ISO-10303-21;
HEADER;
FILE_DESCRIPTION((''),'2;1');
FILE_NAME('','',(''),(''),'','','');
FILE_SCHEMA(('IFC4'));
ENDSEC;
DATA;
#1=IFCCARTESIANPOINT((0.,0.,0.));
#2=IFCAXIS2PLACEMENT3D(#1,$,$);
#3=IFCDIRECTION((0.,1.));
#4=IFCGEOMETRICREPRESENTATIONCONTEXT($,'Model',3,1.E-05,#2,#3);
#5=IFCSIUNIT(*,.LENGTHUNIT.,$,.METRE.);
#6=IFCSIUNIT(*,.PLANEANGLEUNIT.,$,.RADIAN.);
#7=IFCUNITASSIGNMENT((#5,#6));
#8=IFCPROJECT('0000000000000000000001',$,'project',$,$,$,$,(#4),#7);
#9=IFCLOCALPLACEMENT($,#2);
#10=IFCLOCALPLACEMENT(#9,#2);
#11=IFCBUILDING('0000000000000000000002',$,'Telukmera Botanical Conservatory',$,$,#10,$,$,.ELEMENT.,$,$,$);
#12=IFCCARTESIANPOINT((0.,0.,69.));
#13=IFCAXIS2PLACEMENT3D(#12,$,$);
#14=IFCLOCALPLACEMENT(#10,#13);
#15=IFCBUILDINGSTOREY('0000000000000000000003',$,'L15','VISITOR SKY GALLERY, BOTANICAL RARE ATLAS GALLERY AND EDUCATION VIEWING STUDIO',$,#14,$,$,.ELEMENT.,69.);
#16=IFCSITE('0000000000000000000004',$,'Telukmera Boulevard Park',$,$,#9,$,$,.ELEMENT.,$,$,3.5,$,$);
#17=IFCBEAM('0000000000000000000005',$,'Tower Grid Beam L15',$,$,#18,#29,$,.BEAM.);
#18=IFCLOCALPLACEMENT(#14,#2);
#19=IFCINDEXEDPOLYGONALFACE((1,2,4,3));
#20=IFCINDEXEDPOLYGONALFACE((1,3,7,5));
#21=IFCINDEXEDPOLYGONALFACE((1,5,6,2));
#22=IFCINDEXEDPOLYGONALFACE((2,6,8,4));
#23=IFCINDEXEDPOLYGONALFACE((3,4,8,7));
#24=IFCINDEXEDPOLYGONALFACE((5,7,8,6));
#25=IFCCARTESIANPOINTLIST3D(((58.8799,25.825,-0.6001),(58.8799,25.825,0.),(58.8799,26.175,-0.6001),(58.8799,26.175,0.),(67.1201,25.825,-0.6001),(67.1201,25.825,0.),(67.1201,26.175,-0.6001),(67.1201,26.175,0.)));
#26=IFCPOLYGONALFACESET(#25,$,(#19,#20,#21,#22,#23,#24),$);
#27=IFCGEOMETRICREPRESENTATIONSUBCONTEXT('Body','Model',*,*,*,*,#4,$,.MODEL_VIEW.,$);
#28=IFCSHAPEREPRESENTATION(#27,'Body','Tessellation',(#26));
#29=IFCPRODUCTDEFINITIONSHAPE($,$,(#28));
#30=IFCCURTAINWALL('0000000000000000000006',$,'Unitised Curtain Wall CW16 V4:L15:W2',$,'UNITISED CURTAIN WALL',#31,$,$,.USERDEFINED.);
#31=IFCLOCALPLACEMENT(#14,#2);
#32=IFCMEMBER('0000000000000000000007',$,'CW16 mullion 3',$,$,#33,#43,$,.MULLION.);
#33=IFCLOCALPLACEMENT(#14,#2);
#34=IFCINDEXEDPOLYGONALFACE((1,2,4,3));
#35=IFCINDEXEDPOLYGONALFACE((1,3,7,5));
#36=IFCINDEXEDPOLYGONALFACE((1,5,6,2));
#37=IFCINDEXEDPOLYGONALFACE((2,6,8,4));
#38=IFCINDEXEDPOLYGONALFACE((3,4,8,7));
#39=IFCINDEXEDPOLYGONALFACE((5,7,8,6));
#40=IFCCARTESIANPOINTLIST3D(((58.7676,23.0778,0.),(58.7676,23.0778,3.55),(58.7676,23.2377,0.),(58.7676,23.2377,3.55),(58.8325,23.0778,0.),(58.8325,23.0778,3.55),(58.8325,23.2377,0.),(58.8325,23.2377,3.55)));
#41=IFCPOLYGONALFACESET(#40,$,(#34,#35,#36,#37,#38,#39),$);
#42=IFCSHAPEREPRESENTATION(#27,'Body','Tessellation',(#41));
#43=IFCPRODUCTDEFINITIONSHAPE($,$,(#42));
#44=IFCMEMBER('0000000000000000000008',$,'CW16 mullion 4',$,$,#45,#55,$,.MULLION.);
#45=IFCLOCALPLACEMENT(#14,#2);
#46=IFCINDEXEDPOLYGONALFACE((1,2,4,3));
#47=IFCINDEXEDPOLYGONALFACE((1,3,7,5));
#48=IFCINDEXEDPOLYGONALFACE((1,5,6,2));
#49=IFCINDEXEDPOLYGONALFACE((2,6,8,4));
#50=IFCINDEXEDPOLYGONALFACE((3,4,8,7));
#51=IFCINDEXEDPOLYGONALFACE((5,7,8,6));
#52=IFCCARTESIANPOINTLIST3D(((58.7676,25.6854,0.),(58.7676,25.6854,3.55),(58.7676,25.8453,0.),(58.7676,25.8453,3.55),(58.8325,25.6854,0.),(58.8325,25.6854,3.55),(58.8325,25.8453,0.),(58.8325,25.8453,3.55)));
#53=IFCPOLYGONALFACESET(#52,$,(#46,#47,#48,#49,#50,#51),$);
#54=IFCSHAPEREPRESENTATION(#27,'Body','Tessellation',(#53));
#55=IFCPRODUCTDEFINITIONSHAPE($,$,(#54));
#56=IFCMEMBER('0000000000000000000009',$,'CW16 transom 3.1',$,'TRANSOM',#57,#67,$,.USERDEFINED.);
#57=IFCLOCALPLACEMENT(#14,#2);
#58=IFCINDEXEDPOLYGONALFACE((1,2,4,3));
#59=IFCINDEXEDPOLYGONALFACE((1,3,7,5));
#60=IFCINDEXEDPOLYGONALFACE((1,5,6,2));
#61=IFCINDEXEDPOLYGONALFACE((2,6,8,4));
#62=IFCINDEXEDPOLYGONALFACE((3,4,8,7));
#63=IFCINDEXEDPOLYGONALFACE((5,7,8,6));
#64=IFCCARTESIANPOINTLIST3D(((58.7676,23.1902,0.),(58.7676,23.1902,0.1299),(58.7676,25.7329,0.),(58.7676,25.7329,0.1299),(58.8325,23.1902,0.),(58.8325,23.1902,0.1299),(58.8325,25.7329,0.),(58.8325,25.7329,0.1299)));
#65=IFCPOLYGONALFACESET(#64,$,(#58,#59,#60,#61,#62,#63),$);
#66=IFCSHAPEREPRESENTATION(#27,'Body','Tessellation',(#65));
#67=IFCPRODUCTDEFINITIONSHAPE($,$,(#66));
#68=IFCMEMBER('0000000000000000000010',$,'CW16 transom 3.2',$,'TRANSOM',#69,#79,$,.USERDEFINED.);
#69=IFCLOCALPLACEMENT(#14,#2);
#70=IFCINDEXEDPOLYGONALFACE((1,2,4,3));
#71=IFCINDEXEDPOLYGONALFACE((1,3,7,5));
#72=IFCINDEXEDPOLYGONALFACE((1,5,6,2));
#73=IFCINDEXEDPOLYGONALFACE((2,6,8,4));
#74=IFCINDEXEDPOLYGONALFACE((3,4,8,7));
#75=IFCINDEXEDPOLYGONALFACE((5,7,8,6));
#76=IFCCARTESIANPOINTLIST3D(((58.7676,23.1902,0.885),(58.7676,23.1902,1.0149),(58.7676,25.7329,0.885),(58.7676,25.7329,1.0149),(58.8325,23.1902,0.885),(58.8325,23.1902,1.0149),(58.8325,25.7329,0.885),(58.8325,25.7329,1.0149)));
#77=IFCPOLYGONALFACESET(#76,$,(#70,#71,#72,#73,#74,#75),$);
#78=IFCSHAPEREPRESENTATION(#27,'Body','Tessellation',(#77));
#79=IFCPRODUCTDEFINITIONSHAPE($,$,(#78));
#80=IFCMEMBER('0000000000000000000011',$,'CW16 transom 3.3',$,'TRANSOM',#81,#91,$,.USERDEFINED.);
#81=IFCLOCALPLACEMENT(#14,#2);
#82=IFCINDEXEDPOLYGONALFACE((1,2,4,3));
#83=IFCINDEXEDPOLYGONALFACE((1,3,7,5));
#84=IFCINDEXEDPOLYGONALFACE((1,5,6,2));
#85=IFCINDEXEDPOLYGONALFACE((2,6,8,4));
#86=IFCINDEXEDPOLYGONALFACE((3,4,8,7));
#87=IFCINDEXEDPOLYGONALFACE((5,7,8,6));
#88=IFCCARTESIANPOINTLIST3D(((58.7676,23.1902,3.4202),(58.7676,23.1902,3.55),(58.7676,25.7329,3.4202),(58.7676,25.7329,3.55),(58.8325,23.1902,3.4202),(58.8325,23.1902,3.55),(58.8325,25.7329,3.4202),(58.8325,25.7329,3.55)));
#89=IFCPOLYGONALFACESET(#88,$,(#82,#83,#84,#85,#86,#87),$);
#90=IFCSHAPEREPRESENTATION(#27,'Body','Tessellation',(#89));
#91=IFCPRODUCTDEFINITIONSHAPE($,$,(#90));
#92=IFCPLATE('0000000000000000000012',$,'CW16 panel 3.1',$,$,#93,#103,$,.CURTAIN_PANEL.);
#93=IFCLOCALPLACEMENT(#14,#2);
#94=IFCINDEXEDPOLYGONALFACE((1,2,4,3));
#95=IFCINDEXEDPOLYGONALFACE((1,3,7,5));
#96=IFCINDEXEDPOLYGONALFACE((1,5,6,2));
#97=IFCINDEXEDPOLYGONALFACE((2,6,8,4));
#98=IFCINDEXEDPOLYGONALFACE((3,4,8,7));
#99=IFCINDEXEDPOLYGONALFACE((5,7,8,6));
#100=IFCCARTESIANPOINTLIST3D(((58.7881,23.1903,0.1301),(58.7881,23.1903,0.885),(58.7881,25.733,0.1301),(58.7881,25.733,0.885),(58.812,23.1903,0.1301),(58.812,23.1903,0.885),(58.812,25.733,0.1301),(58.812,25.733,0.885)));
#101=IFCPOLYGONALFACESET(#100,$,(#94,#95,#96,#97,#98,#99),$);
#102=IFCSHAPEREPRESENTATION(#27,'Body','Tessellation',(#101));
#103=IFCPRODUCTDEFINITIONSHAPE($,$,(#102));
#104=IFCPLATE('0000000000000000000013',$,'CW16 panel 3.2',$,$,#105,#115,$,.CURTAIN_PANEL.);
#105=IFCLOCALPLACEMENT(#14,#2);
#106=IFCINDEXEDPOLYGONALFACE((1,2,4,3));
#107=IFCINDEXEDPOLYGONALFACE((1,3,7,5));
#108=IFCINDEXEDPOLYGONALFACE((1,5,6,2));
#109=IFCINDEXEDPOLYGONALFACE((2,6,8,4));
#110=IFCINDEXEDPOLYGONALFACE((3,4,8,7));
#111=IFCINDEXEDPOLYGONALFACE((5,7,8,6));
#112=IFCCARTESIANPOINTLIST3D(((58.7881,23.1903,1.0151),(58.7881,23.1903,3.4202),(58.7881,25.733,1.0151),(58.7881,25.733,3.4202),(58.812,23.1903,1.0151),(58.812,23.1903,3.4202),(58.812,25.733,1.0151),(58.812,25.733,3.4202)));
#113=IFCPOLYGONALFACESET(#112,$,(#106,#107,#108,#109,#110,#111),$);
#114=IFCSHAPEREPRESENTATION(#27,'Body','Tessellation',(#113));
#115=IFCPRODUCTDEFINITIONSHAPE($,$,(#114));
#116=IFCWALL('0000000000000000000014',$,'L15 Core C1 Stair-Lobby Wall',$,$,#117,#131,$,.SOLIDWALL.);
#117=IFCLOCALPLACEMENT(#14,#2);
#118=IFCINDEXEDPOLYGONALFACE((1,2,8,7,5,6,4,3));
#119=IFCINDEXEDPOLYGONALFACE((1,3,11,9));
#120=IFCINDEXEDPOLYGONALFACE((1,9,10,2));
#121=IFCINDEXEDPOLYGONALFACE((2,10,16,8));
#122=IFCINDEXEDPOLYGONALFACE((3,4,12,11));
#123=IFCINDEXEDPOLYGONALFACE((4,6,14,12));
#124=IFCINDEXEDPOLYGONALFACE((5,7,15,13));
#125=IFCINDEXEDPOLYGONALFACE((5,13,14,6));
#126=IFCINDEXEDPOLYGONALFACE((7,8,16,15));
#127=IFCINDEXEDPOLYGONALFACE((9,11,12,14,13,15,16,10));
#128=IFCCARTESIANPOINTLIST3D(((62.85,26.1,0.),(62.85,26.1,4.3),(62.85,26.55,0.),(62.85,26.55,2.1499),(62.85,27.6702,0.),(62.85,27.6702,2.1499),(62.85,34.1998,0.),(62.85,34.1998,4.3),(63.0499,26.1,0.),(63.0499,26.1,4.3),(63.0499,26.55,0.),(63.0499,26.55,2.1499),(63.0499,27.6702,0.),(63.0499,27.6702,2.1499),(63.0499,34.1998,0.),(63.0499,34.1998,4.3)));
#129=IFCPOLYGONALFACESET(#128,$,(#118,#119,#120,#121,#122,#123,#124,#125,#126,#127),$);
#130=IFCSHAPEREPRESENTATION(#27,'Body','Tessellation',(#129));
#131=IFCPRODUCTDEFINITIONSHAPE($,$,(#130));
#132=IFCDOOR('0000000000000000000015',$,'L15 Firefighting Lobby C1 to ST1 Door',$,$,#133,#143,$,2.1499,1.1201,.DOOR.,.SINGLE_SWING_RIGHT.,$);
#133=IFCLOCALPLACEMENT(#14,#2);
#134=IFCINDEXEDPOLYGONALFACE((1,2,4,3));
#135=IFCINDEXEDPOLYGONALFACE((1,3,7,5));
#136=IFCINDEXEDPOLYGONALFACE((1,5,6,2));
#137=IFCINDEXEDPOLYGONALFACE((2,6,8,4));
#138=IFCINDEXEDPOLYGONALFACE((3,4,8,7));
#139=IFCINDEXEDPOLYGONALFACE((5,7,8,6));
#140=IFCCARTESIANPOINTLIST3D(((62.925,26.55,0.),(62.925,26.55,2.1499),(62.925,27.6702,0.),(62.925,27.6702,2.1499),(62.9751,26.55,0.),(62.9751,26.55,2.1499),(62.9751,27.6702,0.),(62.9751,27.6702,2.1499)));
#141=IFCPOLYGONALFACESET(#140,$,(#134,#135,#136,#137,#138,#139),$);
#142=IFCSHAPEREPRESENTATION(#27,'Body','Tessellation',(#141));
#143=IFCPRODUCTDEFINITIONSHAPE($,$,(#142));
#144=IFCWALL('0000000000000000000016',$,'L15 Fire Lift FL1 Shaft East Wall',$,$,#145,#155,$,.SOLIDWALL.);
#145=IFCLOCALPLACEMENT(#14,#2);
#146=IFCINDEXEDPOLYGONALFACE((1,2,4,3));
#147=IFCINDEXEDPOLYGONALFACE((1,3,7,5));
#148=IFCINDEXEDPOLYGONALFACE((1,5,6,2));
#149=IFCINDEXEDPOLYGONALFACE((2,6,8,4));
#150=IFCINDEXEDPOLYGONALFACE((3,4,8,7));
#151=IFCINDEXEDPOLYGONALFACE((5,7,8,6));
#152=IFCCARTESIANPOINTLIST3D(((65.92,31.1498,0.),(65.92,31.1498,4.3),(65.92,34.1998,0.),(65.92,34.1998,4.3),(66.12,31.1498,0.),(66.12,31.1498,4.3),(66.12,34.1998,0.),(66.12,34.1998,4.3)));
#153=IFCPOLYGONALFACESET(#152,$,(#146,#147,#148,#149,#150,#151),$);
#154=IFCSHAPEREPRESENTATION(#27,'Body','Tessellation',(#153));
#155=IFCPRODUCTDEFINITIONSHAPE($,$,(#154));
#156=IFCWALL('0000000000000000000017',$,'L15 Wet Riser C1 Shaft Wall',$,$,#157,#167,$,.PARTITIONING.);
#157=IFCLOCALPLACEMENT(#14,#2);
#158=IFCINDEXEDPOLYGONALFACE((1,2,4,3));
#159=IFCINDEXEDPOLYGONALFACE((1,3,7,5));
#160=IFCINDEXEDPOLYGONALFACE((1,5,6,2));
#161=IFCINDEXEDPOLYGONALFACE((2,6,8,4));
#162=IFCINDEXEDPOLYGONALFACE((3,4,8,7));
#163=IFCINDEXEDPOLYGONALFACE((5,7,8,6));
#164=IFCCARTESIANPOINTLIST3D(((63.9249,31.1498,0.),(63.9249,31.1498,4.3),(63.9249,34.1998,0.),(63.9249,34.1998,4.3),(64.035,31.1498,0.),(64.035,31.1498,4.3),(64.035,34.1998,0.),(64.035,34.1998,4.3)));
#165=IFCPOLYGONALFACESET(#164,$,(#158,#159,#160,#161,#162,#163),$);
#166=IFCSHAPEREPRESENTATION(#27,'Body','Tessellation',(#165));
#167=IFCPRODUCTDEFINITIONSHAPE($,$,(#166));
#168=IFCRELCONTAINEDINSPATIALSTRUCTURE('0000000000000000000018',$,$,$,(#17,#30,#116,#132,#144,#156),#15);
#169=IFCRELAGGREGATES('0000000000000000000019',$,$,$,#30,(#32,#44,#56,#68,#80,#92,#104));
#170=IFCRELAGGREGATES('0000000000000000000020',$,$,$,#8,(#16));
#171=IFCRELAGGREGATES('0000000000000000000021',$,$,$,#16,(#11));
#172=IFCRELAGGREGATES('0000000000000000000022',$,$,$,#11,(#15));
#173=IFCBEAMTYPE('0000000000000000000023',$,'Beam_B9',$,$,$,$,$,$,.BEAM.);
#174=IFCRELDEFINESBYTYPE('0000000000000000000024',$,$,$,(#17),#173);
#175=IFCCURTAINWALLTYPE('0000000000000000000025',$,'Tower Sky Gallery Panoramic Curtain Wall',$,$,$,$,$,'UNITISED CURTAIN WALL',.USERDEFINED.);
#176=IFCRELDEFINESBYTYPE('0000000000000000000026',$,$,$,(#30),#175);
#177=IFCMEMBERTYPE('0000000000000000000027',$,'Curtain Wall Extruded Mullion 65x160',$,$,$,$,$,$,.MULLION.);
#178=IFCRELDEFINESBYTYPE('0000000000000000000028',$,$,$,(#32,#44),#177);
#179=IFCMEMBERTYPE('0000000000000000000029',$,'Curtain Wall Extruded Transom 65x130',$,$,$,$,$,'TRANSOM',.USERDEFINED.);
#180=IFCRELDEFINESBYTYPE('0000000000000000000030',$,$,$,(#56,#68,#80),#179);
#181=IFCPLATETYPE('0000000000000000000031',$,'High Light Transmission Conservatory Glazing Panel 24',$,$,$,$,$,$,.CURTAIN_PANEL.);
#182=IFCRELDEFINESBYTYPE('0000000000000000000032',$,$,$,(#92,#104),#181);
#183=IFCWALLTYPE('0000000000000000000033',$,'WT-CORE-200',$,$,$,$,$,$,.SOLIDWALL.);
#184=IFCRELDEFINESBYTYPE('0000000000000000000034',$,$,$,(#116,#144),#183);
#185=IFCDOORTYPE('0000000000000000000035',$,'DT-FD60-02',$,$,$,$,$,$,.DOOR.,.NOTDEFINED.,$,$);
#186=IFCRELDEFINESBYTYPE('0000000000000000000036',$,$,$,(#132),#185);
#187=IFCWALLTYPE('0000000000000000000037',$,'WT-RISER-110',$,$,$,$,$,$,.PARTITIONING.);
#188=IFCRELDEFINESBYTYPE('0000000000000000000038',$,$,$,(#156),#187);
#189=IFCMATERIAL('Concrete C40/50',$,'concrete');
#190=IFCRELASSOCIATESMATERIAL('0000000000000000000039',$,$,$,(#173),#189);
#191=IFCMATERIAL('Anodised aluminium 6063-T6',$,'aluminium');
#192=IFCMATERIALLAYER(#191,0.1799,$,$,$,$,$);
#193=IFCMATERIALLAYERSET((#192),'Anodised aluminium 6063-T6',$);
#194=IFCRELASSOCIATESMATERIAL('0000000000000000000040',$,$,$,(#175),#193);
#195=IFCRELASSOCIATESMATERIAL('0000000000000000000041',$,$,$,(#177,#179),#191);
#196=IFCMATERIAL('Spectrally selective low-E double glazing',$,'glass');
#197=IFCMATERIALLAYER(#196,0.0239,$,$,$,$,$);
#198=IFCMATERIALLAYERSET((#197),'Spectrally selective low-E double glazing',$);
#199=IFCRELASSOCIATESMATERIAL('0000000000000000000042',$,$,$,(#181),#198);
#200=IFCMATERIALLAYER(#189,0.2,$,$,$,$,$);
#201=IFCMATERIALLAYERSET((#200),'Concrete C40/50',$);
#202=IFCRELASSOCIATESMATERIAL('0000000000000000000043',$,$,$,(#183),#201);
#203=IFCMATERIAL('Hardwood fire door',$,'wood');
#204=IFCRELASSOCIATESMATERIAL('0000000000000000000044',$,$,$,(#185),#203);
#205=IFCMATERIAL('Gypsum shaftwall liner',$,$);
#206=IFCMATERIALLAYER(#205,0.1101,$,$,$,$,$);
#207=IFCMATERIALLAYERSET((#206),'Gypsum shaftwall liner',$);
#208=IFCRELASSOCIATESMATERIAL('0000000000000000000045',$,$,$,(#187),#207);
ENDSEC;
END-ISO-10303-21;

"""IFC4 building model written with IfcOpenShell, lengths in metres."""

from ifc_helpers import new_model, si_unit, direction, frame, frame_2d, origin, origin_2d, place, context, subcontext, project, spatial, rectangle, extrude, material, layer, layer_set, material_profile, profile_set, type_object, element, fill, aggregate, save


model = new_model("IFC4")

# Units and contexts
model_context = context("Model", 3, precision=1e-05, world=origin(), true_north=direction((0.0, 1.0)))
body_context = subcontext(model_context, "Body", "Model", "MODEL_VIEW")
ifc_project = project(units=[si_unit("LENGTHUNIT", "METRE"), si_unit("PLANEANGLEUNIT", "RADIAN")], contexts=[model_context])

# Site, building, storey
site_placement = place(None, origin())
site = spatial("IfcSite", under=ifc_project, at=site_placement, Name="Telukmera Boulevard Park", CompositionType="ELEMENT", RefElevation=3.5)
building_placement = place(site_placement, origin())
building = spatial("IfcBuilding", under=site, at=building_placement, Name="Telukmera Botanical Conservatory", CompositionType="ELEMENT")
storey_placement = place(building_placement, frame((0.0, 0.0, 69.0)))
storey = spatial("IfcBuildingStorey", under=building, at=storey_placement, Name="L15", Description="VISITOR SKY GALLERY, BOTANICAL RARE ATLAS GALLERY AND EDUCATION VIEWING STUDIO", CompositionType="ELEMENT", Elevation=69.0)

# Beam
ifc_material_1 = material(Name="Concrete C40/50", Category="concrete")
ifc_material_profile_1 = material_profile(ifc_material_1, rectangle(XDim=0.3501, YDim=0.6001, at=origin_2d()), Name="RC 350x600")
ifc_profile_set_1 = profile_set([ifc_material_profile_1], Name="Concrete C40/50")
beam_type = type_object("IfcBeamType", Name="Beam_B9", PredefinedType="BEAM", material=ifc_profile_set_1)
beam_placement = place(storey_placement, frame((58.8799, 26.0, -0.3), z_axis=(1.0, 0.0, 0.0), x_axis=(0.0, 1.0, 0.0)))
element("IfcBeam", 1, at=beam_placement, inside=storey, type_object=beam_type, Name="Tower Grid Beam L15", PredefinedType="BEAM", context=body_context, shape_type="SweptSolid", body=[
    extrude(rectangle(XDim=0.3501, YDim=0.6001, at=origin_2d()), origin(), (0.0, 0.0, 1.0), 8.2402),
])

# Curtain wall, members, plates
ifc_material_2 = material(Name="Anodised aluminium 6063-T6", Category="aluminium")
ifc_layer_1 = layer(ifc_material_2, 0.1799)
ifc_layer_set_1 = layer_set([ifc_layer_1], Name="Anodised aluminium 6063-T6")
curtain_wall_type = type_object("IfcCurtainWallType", Name="Tower Sky Gallery Panoramic Curtain Wall", ElementType="UNITISED CURTAIN WALL", PredefinedType="USERDEFINED", material=ifc_layer_set_1)
curtain_wall_placement = place(storey_placement, origin())
curtain_wall = element("IfcCurtainWall", 2, at=curtain_wall_placement, inside=storey, type_object=curtain_wall_type, Name="Unitised Curtain Wall CW16 V4:L15:W2", ObjectType="UNITISED CURTAIN WALL", PredefinedType="USERDEFINED")
ifc_material_profile_2 = material_profile(ifc_material_2, rectangle(XDim=0.0649, YDim=0.1599, at=origin_2d()), Name="ALU MULL 65x160")
ifc_profile_set_2 = profile_set([ifc_material_profile_2], Name="Anodised aluminium 6063-T6")
member_type_1 = type_object("IfcMemberType", Name="Curtain Wall Extruded Mullion 65x160", PredefinedType="MULLION", material=ifc_profile_set_2)
member_1_placement = place(storey_placement, frame((58.8, 23.1577, 0.0), z_axis=(0.0, 0.0, 1.0), x_axis=(-1.0, 0.0, 0.0)))
member_1 = element("IfcMember", 3, at=member_1_placement, type_object=member_type_1, Name="CW16 mullion 3", PredefinedType="MULLION", context=body_context, shape_type="SweptSolid", body=[
    extrude(rectangle(XDim=0.0649, YDim=0.1599, at=origin_2d()), origin(), (0.0, 0.0, 1.0), 3.55),
])
member_2_placement = place(storey_placement, frame((58.8, 25.7654, 0.0), z_axis=(0.0, 0.0, 1.0), x_axis=(-1.0, 0.0, 0.0)))
member_2 = element("IfcMember", 4, at=member_2_placement, type_object=member_type_1, Name="CW16 mullion 4", PredefinedType="MULLION", context=body_context, shape_type="SweptSolid", body=[
    extrude(rectangle(XDim=0.0649, YDim=0.1599, at=origin_2d()), origin(), (0.0, 0.0, 1.0), 3.55),
])
ifc_material_profile_3 = material_profile(ifc_material_2, rectangle(XDim=0.0649, YDim=0.1299, at=origin_2d()), Name="ALU TRAN 65x130")
ifc_profile_set_3 = profile_set([ifc_material_profile_3], Name="Anodised aluminium 6063-T6")
member_type_2 = type_object("IfcMemberType", Name="Curtain Wall Extruded Transom 65x130", ElementType="TRANSOM", PredefinedType="USERDEFINED", material=ifc_profile_set_3)
member_3_placement = place(storey_placement, frame((58.8, 23.1902, 0.0649), z_axis=(0.0, 1.0, 0.0), x_axis=(-1.0, 0.0, 0.0)))
member_3 = element("IfcMember", 5, at=member_3_placement, type_object=member_type_2, Name="CW16 transom 3.1", ObjectType="TRANSOM", PredefinedType="USERDEFINED", context=body_context, shape_type="SweptSolid", body=[
    extrude(rectangle(XDim=0.0649, YDim=0.1299, at=origin_2d()), origin(), (0.0, 0.0, 1.0), 2.5427),
])
member_4_placement = place(storey_placement, frame((58.8, 23.1902, 0.95), z_axis=(0.0, 1.0, 0.0), x_axis=(-1.0, 0.0, 0.0)))
member_4 = element("IfcMember", 6, at=member_4_placement, type_object=member_type_2, Name="CW16 transom 3.2", ObjectType="TRANSOM", PredefinedType="USERDEFINED", context=body_context, shape_type="SweptSolid", body=[
    extrude(rectangle(XDim=0.0649, YDim=0.1299, at=origin_2d()), origin(), (0.0, 0.0, 1.0), 2.5427),
])
member_5_placement = place(storey_placement, frame((58.8, 23.1902, 3.4851), z_axis=(0.0, 1.0, 0.0), x_axis=(-1.0, 0.0, 0.0)))
member_5 = element("IfcMember", 7, at=member_5_placement, type_object=member_type_2, Name="CW16 transom 3.3", ObjectType="TRANSOM", PredefinedType="USERDEFINED", context=body_context, shape_type="SweptSolid", body=[
    extrude(rectangle(XDim=0.0649, YDim=0.1299, at=origin_2d()), origin(), (0.0, 0.0, 1.0), 2.5427),
])
ifc_material_3 = material(Name="Spectrally selective low-E double glazing", Category="glass")
ifc_layer_2 = layer(ifc_material_3, 0.0239)
ifc_layer_set_2 = layer_set([ifc_layer_2], Name="Spectrally selective low-E double glazing")
plate_type = type_object("IfcPlateType", Name="High Light Transmission Conservatory Glazing Panel 24", PredefinedType="CURTAIN_PANEL", material=ifc_layer_set_2)
plate_1_placement = place(storey_placement, frame((58.8, 24.4617, 0.1301), z_axis=(0.0, 0.0, 1.0), x_axis=(0.0, 1.0, 0.0)))
plate_1 = element("IfcPlate", 8, at=plate_1_placement, type_object=plate_type, Name="CW16 panel 3.1", PredefinedType="CURTAIN_PANEL", context=body_context, shape_type="SweptSolid", body=[
    extrude(rectangle(XDim=2.5427, YDim=0.0239, at=origin_2d()), origin(), (0.0, 0.0, 1.0), 0.7549),
])
plate_2_placement = place(storey_placement, frame((58.8, 24.4617, 1.0151), z_axis=(0.0, 0.0, 1.0), x_axis=(0.0, 1.0, 0.0)))
plate_2 = element("IfcPlate", 9, at=plate_2_placement, type_object=plate_type, Name="CW16 panel 3.2", PredefinedType="CURTAIN_PANEL", context=body_context, shape_type="SweptSolid", body=[
    extrude(rectangle(XDim=2.5427, YDim=0.0239, at=origin_2d()), origin(), (0.0, 0.0, 1.0), 2.405),
])
aggregate(curtain_wall, [member_1, member_2, member_3, member_4, member_5, plate_1, plate_2])

# Shared definitions
ifc_layer_3 = layer(ifc_material_1, 0.2)
ifc_layer_set_3 = layer_set([ifc_layer_3], Name="Concrete C40/50")
wall_type_1 = type_object("IfcWallType", Name="WT-CORE-200", PredefinedType="SOLIDWALL", material=ifc_layer_set_3)
ifc_material_4 = material(Name="Hardwood fire door", Category="wood")

# Wall, opening, door
wall_1_placement = place(storey_placement, frame((62.95, 26.1001, 0.0), z_axis=(0.0, 0.0, 1.0), x_axis=(0.0, 1.0, 0.0)))
wall_1 = element("IfcWall", 10, at=wall_1_placement, inside=storey, type_object=wall_type_1, Name="L15 Core C1 Stair-Lobby Wall", PredefinedType="SOLIDWALL", context=body_context, shape_type="SweptSolid", body=[
    extrude(rectangle(XDim=8.0999, YDim=0.2, at=frame_2d((4.0498, 0.0))), origin(), (0.0, 0.0, 1.0), 4.3),
])
opening_1_placement = place(wall_1_placement, frame((0.45, 0.0, 0.0)))
opening_1 = element("IfcOpeningElement", 11, at=opening_1_placement, cuts=wall_1, PredefinedType="OPENING", context=body_context, shape_type="SweptSolid", body=[
    extrude(rectangle(XDim=1.1201, YDim=2.1499, at=frame_2d((0.5601, 1.075))), frame((0.0, 0.1099, 0.0), z_axis=(0.0, -1.0, 0.0), x_axis=(1.0, 0.0, 0.0)), (0.0, 0.0, 1.0), 0.22),
])
door_type_1 = type_object("IfcDoorType", Name="DT-FD60-02", OperationType="NOTDEFINED", PredefinedType="DOOR", material=ifc_material_4)
door_1_placement = place(opening_1_placement, origin())
door_1 = element("IfcDoor", 12, at=door_1_placement, inside=storey, type_object=door_type_1, Name="L15 Firefighting Lobby C1 to ST1 Door", OperationType="SINGLE_SWING_RIGHT", OverallHeight=2.1499, OverallWidth=1.1201, PredefinedType="DOOR", context=body_context, shape_type="SweptSolid", body=[
    extrude(rectangle(XDim=1.1201, YDim=2.1499, at=frame_2d((0.5601, 1.075))), frame((0.0, 0.0249, 0.0), z_axis=(0.0, -1.0, 0.0), x_axis=(1.0, 0.0, 0.0)), (0.0, 0.0, 1.0), 0.05),
])
fill(opening_1, door_1)

# Walls
wall_2_placement = place(storey_placement, frame((66.02, 31.1499, 0.0), z_axis=(0.0, 0.0, 1.0), x_axis=(0.0, 1.0, 0.0)))
element("IfcWall", 13, at=wall_2_placement, inside=storey, type_object=wall_type_1, Name="L15 Fire Lift FL1 Shaft East Wall", PredefinedType="SOLIDWALL", context=body_context, shape_type="SweptSolid", body=[
    extrude(rectangle(XDim=3.05, YDim=0.2, at=frame_2d((1.5249, 0.0))), origin(), (0.0, 0.0, 1.0), 4.3),
])
ifc_material_5 = material(Name="Gypsum shaftwall liner")
ifc_layer_4 = layer(ifc_material_5, 0.1101)
ifc_layer_set_4 = layer_set([ifc_layer_4], Name="Gypsum shaftwall liner")
wall_type_2 = type_object("IfcWallType", Name="WT-RISER-110", PredefinedType="PARTITIONING", material=ifc_layer_set_4)
wall_3_placement = place(storey_placement, frame((63.98, 31.1499, 0.0), z_axis=(0.0, 0.0, 1.0), x_axis=(0.0, 1.0, 0.0)))
element("IfcWall", 14, at=wall_3_placement, inside=storey, type_object=wall_type_2, Name="L15 Wet Riser C1 Shaft Wall", PredefinedType="PARTITIONING", context=body_context, shape_type="SweptSolid", body=[
    extrude(rectangle(XDim=3.05, YDim=0.1101, at=frame_2d((1.5249, 0.0))), origin(), (0.0, 0.0, 1.0), 4.3),
])

save(model, "model.ifc")
